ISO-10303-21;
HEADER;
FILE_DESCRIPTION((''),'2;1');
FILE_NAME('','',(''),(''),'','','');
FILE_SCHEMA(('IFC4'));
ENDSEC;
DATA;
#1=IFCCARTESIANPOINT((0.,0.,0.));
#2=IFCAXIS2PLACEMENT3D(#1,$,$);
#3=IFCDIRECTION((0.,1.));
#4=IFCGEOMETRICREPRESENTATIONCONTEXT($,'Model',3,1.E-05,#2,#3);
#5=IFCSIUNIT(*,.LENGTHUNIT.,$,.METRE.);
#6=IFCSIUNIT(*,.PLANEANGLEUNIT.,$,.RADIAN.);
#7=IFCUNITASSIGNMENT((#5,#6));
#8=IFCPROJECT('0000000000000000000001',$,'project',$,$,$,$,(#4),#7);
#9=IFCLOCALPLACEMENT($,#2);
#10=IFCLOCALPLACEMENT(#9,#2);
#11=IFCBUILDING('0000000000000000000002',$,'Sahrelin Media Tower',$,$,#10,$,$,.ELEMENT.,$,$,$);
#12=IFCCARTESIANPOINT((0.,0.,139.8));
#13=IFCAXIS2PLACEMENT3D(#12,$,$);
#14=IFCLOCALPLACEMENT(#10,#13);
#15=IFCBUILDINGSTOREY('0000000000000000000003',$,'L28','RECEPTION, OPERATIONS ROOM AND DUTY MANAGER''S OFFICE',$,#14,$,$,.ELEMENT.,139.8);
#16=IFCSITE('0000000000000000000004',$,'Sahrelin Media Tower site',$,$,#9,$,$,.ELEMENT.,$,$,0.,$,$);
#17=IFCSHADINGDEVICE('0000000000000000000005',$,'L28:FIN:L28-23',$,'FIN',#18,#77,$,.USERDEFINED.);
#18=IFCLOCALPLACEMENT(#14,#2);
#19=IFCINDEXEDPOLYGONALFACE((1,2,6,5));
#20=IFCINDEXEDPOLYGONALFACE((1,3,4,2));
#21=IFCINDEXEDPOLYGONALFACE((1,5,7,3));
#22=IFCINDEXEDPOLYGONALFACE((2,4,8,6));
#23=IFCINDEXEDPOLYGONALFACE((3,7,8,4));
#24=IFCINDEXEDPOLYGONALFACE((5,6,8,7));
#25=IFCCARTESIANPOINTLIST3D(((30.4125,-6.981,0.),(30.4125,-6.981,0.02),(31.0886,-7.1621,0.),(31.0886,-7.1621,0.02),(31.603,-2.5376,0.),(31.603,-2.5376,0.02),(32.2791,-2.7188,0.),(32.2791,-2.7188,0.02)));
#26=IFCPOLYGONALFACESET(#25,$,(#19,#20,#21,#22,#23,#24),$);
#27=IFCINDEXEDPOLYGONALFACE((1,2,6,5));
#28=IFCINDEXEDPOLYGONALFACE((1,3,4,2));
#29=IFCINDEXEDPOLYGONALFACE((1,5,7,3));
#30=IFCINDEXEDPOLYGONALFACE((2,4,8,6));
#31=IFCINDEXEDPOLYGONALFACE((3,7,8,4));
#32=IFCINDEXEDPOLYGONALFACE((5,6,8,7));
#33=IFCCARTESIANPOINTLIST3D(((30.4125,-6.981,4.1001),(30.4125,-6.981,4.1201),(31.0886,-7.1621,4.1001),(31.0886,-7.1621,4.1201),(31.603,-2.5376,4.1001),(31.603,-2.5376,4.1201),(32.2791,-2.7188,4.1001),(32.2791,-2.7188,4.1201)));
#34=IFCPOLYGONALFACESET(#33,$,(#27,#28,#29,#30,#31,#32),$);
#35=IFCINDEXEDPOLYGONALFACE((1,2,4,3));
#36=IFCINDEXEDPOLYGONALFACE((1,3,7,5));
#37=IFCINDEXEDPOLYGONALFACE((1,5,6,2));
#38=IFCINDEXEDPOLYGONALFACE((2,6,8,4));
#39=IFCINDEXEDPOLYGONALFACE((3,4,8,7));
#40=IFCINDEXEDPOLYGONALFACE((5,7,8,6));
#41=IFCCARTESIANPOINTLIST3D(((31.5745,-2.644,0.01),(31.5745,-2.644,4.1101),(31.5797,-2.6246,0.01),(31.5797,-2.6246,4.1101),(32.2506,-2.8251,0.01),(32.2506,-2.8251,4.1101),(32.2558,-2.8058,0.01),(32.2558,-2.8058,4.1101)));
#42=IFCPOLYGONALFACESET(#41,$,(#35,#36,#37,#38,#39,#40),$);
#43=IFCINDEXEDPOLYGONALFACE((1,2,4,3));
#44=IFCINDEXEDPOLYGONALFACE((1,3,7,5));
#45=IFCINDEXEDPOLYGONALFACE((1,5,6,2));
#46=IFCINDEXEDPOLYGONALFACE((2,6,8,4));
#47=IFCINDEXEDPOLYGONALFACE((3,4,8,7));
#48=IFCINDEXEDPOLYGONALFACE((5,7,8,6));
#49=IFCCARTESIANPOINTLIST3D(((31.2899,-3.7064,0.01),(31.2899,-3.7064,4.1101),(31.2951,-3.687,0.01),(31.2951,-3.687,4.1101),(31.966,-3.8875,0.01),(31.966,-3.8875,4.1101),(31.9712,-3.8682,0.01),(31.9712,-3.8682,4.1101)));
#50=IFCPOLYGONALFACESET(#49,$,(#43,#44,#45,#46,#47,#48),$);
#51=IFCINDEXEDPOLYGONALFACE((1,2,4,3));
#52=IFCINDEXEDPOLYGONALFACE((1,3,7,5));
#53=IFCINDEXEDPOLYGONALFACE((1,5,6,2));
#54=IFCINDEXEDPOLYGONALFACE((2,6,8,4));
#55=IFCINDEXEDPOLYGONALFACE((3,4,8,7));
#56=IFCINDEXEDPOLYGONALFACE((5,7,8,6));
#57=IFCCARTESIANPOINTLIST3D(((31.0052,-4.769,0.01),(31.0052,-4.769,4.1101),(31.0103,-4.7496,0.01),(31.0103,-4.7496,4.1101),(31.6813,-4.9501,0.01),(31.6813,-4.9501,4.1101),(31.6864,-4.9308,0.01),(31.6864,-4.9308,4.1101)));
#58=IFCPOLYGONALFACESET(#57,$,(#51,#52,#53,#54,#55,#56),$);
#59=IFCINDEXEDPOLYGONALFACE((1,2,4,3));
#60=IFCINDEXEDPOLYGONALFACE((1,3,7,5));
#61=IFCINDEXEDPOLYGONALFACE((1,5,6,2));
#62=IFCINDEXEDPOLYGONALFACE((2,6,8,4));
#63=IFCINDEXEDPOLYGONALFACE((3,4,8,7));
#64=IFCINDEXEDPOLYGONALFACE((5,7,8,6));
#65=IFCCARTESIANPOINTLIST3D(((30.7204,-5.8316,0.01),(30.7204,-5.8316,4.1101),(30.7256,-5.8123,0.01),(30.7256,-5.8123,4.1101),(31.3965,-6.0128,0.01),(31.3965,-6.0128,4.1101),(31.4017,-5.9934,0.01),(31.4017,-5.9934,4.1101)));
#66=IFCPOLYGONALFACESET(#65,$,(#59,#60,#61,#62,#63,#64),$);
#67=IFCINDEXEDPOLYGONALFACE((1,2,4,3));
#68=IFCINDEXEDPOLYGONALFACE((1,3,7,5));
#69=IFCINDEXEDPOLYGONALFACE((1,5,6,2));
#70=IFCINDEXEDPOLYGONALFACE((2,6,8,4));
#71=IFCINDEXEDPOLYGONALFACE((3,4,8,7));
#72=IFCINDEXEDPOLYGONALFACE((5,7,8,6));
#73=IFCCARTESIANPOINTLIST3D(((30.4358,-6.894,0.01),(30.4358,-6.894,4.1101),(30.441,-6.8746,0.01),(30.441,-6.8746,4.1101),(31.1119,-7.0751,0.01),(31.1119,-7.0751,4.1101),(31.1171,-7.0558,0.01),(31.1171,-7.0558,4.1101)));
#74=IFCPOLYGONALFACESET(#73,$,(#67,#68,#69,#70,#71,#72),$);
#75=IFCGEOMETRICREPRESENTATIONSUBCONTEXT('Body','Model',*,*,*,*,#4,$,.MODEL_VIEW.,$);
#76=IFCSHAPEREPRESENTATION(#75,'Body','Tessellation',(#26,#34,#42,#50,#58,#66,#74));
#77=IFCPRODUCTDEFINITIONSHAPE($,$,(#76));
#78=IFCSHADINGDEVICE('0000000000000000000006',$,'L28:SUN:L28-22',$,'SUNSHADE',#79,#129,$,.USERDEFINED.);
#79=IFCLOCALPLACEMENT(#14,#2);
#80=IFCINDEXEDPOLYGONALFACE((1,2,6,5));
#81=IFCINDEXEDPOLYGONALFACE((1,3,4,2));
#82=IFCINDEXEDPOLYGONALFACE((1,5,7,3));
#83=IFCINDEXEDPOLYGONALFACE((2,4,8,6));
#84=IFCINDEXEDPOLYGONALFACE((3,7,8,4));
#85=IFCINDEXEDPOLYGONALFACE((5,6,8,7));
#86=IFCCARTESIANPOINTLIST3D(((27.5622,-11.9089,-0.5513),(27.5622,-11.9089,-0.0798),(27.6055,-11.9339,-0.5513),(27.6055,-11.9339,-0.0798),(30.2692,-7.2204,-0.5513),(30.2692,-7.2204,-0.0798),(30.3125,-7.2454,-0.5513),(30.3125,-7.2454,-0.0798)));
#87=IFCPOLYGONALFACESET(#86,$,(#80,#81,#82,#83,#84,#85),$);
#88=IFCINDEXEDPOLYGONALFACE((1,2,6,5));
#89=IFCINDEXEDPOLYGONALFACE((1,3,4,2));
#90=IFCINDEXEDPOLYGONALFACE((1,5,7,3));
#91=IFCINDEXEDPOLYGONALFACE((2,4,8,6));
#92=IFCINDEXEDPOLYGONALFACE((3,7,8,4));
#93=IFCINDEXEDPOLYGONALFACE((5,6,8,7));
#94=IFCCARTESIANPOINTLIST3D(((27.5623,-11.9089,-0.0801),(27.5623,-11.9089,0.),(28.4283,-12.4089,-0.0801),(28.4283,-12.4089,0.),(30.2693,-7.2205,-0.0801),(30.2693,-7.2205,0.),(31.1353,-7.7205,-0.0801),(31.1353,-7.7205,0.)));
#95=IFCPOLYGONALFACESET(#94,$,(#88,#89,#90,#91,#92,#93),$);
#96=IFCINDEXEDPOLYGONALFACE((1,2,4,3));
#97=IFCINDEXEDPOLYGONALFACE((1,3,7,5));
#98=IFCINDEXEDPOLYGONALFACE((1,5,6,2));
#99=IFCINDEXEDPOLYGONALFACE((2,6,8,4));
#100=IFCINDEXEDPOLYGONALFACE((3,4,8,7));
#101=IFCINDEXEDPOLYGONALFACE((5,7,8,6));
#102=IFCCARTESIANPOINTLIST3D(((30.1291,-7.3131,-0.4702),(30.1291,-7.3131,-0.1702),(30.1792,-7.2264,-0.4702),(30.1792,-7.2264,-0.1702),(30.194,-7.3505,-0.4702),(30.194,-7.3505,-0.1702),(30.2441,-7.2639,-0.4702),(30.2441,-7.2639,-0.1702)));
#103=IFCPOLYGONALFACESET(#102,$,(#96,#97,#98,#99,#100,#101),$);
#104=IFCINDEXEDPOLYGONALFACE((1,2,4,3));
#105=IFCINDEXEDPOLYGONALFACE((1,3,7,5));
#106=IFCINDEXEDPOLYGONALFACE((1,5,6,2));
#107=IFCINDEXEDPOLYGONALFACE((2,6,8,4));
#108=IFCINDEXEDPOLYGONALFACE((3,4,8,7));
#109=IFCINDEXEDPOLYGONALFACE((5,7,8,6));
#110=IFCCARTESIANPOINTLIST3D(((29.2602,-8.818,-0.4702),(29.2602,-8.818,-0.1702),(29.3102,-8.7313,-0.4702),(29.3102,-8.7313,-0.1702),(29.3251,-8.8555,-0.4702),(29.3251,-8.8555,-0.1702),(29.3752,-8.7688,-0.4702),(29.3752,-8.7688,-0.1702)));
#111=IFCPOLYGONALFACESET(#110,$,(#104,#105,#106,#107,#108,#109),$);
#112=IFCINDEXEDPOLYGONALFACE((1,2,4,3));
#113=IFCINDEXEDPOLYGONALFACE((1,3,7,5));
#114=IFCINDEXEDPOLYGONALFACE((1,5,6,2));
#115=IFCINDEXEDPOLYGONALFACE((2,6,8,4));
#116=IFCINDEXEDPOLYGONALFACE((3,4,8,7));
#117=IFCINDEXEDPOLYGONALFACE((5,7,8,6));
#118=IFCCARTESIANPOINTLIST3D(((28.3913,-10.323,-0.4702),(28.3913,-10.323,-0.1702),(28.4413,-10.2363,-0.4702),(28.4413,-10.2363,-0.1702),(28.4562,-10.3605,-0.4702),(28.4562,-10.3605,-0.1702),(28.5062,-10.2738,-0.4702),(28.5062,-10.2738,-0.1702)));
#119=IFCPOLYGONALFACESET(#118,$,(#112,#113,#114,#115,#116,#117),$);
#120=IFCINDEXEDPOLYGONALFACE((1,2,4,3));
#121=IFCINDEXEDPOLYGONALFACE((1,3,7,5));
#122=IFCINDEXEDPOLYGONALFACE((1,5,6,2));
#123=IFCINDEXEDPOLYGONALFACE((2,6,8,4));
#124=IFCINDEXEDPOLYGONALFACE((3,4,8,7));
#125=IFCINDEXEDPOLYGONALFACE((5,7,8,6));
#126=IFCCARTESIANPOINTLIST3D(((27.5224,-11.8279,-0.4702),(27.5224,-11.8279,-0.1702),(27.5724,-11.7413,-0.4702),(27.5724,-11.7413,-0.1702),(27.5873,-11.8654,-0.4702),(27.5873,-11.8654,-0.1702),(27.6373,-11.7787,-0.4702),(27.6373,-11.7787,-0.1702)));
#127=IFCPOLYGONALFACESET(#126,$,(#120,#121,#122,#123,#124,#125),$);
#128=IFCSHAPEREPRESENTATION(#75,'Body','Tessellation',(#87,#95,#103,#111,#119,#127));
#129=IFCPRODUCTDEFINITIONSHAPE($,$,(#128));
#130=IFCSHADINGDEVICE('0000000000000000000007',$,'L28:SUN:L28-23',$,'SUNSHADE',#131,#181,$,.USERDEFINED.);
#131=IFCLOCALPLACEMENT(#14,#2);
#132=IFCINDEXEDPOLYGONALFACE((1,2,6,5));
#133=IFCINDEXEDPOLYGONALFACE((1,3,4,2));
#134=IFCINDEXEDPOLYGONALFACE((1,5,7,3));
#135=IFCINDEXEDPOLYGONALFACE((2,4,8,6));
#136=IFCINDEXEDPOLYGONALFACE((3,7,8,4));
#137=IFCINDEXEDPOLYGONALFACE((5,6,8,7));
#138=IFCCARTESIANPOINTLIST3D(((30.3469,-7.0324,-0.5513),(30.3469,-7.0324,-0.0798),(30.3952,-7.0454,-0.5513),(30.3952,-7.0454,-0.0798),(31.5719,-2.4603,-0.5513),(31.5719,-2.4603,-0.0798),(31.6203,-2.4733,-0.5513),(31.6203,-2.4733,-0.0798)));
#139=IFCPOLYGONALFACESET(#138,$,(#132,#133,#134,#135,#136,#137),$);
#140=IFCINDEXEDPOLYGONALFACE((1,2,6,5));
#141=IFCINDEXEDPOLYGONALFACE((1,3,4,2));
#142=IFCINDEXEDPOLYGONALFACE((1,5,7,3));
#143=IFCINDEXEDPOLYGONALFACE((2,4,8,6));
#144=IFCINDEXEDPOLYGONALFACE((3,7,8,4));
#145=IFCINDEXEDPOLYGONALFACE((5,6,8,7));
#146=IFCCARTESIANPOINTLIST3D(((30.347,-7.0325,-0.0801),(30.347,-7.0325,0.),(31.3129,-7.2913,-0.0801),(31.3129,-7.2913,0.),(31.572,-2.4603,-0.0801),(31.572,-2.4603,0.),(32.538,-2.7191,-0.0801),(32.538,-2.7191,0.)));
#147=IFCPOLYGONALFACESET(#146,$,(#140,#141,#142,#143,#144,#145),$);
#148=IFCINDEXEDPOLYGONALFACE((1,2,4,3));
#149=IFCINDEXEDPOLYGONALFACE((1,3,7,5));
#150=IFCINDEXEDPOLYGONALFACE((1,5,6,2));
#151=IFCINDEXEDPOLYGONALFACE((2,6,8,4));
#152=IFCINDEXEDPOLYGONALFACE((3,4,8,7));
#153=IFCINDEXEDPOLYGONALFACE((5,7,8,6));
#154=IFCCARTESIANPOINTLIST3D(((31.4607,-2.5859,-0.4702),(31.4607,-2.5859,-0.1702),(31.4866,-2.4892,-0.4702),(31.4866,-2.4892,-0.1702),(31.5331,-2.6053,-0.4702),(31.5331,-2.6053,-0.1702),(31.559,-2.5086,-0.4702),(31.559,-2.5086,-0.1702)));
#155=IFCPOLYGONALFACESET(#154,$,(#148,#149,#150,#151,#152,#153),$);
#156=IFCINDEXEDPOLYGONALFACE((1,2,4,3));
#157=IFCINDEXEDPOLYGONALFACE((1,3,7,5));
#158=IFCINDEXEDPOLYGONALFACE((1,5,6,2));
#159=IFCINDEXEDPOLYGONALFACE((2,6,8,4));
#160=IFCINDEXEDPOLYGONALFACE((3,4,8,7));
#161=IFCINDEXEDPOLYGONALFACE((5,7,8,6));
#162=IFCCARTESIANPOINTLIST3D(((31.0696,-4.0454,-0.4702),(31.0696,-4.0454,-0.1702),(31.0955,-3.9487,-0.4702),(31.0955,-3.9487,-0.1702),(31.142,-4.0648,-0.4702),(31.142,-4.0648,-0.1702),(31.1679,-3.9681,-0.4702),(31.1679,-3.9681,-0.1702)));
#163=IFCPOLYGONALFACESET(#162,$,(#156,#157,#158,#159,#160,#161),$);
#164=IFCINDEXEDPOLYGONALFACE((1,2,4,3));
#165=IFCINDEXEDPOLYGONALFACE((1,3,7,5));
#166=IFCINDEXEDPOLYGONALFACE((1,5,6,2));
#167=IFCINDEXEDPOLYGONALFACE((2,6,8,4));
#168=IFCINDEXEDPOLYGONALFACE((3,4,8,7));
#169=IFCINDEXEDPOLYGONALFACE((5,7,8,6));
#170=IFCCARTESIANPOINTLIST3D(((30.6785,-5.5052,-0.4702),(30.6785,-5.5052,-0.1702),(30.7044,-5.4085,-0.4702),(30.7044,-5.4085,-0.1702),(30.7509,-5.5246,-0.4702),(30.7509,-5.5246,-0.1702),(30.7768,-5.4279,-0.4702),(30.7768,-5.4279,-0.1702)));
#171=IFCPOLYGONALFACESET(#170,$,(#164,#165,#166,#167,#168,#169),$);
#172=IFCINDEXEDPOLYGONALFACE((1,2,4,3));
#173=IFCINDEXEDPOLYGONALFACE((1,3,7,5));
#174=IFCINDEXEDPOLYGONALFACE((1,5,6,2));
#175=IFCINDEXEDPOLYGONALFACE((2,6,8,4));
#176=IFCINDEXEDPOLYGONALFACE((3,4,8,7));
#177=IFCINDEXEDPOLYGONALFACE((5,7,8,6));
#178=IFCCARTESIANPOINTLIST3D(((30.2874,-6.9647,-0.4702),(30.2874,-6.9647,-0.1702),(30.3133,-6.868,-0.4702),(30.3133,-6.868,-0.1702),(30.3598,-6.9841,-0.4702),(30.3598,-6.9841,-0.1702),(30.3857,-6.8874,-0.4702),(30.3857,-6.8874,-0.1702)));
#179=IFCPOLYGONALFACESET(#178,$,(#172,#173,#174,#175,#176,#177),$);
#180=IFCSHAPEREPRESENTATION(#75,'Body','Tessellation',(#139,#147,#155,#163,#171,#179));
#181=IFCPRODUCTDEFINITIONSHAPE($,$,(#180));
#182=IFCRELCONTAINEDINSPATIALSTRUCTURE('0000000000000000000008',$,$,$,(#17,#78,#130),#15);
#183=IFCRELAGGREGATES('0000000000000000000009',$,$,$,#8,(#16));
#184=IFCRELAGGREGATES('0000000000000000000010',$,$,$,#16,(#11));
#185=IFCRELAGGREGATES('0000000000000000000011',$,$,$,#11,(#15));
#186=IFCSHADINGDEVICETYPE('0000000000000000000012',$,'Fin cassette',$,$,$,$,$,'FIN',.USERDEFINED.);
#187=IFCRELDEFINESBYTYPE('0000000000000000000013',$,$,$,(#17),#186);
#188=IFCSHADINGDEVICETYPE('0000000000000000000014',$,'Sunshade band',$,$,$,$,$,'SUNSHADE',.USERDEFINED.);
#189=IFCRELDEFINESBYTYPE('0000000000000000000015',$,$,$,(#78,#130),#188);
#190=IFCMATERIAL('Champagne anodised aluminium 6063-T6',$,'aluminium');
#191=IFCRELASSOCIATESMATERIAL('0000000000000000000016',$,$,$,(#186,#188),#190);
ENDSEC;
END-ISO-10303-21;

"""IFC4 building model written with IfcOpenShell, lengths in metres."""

from ifc_helpers import new_model, si_unit, direction, frame, origin, origin_2d, place, context, subcontext, project, spatial, rectangle, extrude, material, type_object, element, save


model = new_model("IFC4")

# Units and contexts
model_context = context("Model", 3, precision=1e-05, world=origin(), true_north=direction((0.0, 1.0)))
body_context = subcontext(model_context, "Body", "Model", "MODEL_VIEW")
ifc_project = project(units=[si_unit("LENGTHUNIT", "METRE"), si_unit("PLANEANGLEUNIT", "RADIAN")], contexts=[model_context])

# Site, building, storey
site_placement = place(None, origin())
site = spatial("IfcSite", under=ifc_project, at=site_placement, Name="Sahrelin Media Tower site", CompositionType="ELEMENT", RefElevation=0.0)
building_placement = place(site_placement, origin())
building = spatial("IfcBuilding", under=site, at=building_placement, Name="Sahrelin Media Tower", CompositionType="ELEMENT")
storey_placement = place(building_placement, frame((0.0, 0.0, 139.8)))
storey = spatial("IfcBuildingStorey", under=building, at=storey_placement, Name="L28", Description="RECEPTION, OPERATIONS ROOM AND DUTY MANAGER'S OFFICE", CompositionType="ELEMENT", Elevation=139.8)

# Shared definitions
ifc_material_1 = material(Name="Champagne anodised aluminium 6063-T6", Category="aluminium")

# Shading devices
shading_device_type_1 = type_object("IfcShadingDeviceType", Name="Fin cassette", ElementType="FIN", PredefinedType="USERDEFINED", material=ifc_material_1)
placement_1 = place(storey_placement, frame((28.8984, -9.5547, 0.0), z_axis=(0.0, 0.0, 1.0), x_axis=(-0.500011, -0.866019, 0.0)))
placement_2 = place(storey_placement, frame((30.9402, -4.7412, 0.0), z_axis=(0.0, 0.0, 1.0), x_axis=(-0.258808, -0.965929, 0.0)))
element("IfcShadingDevice", 1, at=placement_2, inside=storey, type_object=shading_device_type_1, Name="L28:FIN:L28-23", ObjectType="FIN", PredefinedType="USERDEFINED", context=body_context, shape_type="SweptSolid", body=[
    extrude(rectangle(XDim=4.6001, YDim=0.7, at=origin_2d()), frame((0.0, 0.4199, 0.0)), (0.0, 0.0, 1.0), 0.02),
    extrude(rectangle(XDim=4.6001, YDim=0.7, at=origin_2d()), frame((0.0, 0.4199, 4.1001)), (0.0, 0.0, 1.0), 0.02),
    extrude(rectangle(XDim=0.02, YDim=0.7, at=origin_2d()), frame((-2.2, 0.4199, 0.01), z_axis=(0.0, 0.0, 1.0), x_axis=(1.0, 0.0, 0.0)), (0.0, 0.0, 1.0), 4.1001),
    extrude(rectangle(XDim=0.02, YDim=0.7, at=origin_2d()), frame((-1.1001, 0.4199, 0.01), z_axis=(0.0, 0.0, 1.0), x_axis=(1.0, 0.0, 0.0)), (0.0, 0.0, 1.0), 4.1001),
    extrude(rectangle(XDim=0.02, YDim=0.7, at=origin_2d()), frame((0.0, 0.4199, 0.01), z_axis=(0.0, 0.0, 1.0), x_axis=(1.0, 0.0, 0.0)), (0.0, 0.0, 1.0), 4.1001),
    extrude(rectangle(XDim=0.02, YDim=0.7, at=origin_2d()), frame((1.1001, 0.4199, 0.01), z_axis=(0.0, 0.0, 1.0), x_axis=(1.0, 0.0, 0.0)), (0.0, 0.0, 1.0), 4.1001),
    extrude(rectangle(XDim=0.02, YDim=0.7, at=origin_2d()), frame((2.2, 0.4199, 0.01), z_axis=(0.0, 0.0, 1.0), x_axis=(1.0, 0.0, 0.0)), (0.0, 0.0, 1.0), 4.1001),
])
shading_device_type_2 = type_object("IfcShadingDeviceType", Name="Sunshade band", ElementType="SUNSHADE", PredefinedType="USERDEFINED", material=ifc_material_1)
element("IfcShadingDevice", 2, at=placement_1, inside=storey, type_object=shading_device_type_2, Name="L28:SUN:L28-22", ObjectType="SUNSHADE", PredefinedType="USERDEFINED", context=body_context, shape_type="SweptSolid", body=[
    extrude(rectangle(XDim=5.4138, YDim=0.05, at=origin_2d()), frame((0.0, 0.0449, -0.5513)), (0.0, 0.0, 1.0), 0.4714),
    extrude(rectangle(XDim=5.4138, YDim=1.0, at=origin_2d()), frame((0.0, 0.52, -0.0801)), (0.0, 0.0, 1.0), 0.0801),
    extrude(rectangle(XDim=0.1001, YDim=0.075, at=origin_2d()), frame((-2.6067, -0.0176, -0.4702)), (0.0, 0.0, 1.0), 0.3),
    extrude(rectangle(XDim=0.1001, YDim=0.075, at=origin_2d()), frame((-0.8689, -0.0176, -0.4702)), (0.0, 0.0, 1.0), 0.3),
    extrude(rectangle(XDim=0.1001, YDim=0.075, at=origin_2d()), frame((0.8689, -0.0176, -0.4702)), (0.0, 0.0, 1.0), 0.3),
    extrude(rectangle(XDim=0.1001, YDim=0.075, at=origin_2d()), frame((2.6067, -0.0176, -0.4702)), (0.0, 0.0, 1.0), 0.3),
])
element("IfcShadingDevice", 3, at=placement_2, inside=storey, type_object=shading_device_type_2, Name="L28:SUN:L28-23", ObjectType="SUNSHADE", PredefinedType="USERDEFINED", context=body_context, shape_type="SweptSolid", body=[
    extrude(rectangle(XDim=4.7334, YDim=0.05, at=origin_2d()), frame((0.0, 0.0449, -0.5513)), (0.0, 0.0, 1.0), 0.4714),
    extrude(rectangle(XDim=4.7334, YDim=1.0, at=origin_2d()), frame((0.0, 0.52, -0.0801)), (0.0, 0.0, 1.0), 0.0801),
    extrude(rectangle(XDim=0.1001, YDim=0.075, at=origin_2d()), frame((-2.2666, -0.0176, -0.4702)), (0.0, 0.0, 1.0), 0.3),
    extrude(rectangle(XDim=0.1001, YDim=0.075, at=origin_2d()), frame((-0.7556, -0.0176, -0.4702)), (0.0, 0.0, 1.0), 0.3),
    extrude(rectangle(XDim=0.1001, YDim=0.075, at=origin_2d()), frame((0.7556, -0.0176, -0.4702)), (0.0, 0.0, 1.0), 0.3),
    extrude(rectangle(XDim=0.1001, YDim=0.075, at=origin_2d()), frame((2.2666, -0.0176, -0.4702)), (0.0, 0.0, 1.0), 0.3),
])

save(model, "model.ifc")
